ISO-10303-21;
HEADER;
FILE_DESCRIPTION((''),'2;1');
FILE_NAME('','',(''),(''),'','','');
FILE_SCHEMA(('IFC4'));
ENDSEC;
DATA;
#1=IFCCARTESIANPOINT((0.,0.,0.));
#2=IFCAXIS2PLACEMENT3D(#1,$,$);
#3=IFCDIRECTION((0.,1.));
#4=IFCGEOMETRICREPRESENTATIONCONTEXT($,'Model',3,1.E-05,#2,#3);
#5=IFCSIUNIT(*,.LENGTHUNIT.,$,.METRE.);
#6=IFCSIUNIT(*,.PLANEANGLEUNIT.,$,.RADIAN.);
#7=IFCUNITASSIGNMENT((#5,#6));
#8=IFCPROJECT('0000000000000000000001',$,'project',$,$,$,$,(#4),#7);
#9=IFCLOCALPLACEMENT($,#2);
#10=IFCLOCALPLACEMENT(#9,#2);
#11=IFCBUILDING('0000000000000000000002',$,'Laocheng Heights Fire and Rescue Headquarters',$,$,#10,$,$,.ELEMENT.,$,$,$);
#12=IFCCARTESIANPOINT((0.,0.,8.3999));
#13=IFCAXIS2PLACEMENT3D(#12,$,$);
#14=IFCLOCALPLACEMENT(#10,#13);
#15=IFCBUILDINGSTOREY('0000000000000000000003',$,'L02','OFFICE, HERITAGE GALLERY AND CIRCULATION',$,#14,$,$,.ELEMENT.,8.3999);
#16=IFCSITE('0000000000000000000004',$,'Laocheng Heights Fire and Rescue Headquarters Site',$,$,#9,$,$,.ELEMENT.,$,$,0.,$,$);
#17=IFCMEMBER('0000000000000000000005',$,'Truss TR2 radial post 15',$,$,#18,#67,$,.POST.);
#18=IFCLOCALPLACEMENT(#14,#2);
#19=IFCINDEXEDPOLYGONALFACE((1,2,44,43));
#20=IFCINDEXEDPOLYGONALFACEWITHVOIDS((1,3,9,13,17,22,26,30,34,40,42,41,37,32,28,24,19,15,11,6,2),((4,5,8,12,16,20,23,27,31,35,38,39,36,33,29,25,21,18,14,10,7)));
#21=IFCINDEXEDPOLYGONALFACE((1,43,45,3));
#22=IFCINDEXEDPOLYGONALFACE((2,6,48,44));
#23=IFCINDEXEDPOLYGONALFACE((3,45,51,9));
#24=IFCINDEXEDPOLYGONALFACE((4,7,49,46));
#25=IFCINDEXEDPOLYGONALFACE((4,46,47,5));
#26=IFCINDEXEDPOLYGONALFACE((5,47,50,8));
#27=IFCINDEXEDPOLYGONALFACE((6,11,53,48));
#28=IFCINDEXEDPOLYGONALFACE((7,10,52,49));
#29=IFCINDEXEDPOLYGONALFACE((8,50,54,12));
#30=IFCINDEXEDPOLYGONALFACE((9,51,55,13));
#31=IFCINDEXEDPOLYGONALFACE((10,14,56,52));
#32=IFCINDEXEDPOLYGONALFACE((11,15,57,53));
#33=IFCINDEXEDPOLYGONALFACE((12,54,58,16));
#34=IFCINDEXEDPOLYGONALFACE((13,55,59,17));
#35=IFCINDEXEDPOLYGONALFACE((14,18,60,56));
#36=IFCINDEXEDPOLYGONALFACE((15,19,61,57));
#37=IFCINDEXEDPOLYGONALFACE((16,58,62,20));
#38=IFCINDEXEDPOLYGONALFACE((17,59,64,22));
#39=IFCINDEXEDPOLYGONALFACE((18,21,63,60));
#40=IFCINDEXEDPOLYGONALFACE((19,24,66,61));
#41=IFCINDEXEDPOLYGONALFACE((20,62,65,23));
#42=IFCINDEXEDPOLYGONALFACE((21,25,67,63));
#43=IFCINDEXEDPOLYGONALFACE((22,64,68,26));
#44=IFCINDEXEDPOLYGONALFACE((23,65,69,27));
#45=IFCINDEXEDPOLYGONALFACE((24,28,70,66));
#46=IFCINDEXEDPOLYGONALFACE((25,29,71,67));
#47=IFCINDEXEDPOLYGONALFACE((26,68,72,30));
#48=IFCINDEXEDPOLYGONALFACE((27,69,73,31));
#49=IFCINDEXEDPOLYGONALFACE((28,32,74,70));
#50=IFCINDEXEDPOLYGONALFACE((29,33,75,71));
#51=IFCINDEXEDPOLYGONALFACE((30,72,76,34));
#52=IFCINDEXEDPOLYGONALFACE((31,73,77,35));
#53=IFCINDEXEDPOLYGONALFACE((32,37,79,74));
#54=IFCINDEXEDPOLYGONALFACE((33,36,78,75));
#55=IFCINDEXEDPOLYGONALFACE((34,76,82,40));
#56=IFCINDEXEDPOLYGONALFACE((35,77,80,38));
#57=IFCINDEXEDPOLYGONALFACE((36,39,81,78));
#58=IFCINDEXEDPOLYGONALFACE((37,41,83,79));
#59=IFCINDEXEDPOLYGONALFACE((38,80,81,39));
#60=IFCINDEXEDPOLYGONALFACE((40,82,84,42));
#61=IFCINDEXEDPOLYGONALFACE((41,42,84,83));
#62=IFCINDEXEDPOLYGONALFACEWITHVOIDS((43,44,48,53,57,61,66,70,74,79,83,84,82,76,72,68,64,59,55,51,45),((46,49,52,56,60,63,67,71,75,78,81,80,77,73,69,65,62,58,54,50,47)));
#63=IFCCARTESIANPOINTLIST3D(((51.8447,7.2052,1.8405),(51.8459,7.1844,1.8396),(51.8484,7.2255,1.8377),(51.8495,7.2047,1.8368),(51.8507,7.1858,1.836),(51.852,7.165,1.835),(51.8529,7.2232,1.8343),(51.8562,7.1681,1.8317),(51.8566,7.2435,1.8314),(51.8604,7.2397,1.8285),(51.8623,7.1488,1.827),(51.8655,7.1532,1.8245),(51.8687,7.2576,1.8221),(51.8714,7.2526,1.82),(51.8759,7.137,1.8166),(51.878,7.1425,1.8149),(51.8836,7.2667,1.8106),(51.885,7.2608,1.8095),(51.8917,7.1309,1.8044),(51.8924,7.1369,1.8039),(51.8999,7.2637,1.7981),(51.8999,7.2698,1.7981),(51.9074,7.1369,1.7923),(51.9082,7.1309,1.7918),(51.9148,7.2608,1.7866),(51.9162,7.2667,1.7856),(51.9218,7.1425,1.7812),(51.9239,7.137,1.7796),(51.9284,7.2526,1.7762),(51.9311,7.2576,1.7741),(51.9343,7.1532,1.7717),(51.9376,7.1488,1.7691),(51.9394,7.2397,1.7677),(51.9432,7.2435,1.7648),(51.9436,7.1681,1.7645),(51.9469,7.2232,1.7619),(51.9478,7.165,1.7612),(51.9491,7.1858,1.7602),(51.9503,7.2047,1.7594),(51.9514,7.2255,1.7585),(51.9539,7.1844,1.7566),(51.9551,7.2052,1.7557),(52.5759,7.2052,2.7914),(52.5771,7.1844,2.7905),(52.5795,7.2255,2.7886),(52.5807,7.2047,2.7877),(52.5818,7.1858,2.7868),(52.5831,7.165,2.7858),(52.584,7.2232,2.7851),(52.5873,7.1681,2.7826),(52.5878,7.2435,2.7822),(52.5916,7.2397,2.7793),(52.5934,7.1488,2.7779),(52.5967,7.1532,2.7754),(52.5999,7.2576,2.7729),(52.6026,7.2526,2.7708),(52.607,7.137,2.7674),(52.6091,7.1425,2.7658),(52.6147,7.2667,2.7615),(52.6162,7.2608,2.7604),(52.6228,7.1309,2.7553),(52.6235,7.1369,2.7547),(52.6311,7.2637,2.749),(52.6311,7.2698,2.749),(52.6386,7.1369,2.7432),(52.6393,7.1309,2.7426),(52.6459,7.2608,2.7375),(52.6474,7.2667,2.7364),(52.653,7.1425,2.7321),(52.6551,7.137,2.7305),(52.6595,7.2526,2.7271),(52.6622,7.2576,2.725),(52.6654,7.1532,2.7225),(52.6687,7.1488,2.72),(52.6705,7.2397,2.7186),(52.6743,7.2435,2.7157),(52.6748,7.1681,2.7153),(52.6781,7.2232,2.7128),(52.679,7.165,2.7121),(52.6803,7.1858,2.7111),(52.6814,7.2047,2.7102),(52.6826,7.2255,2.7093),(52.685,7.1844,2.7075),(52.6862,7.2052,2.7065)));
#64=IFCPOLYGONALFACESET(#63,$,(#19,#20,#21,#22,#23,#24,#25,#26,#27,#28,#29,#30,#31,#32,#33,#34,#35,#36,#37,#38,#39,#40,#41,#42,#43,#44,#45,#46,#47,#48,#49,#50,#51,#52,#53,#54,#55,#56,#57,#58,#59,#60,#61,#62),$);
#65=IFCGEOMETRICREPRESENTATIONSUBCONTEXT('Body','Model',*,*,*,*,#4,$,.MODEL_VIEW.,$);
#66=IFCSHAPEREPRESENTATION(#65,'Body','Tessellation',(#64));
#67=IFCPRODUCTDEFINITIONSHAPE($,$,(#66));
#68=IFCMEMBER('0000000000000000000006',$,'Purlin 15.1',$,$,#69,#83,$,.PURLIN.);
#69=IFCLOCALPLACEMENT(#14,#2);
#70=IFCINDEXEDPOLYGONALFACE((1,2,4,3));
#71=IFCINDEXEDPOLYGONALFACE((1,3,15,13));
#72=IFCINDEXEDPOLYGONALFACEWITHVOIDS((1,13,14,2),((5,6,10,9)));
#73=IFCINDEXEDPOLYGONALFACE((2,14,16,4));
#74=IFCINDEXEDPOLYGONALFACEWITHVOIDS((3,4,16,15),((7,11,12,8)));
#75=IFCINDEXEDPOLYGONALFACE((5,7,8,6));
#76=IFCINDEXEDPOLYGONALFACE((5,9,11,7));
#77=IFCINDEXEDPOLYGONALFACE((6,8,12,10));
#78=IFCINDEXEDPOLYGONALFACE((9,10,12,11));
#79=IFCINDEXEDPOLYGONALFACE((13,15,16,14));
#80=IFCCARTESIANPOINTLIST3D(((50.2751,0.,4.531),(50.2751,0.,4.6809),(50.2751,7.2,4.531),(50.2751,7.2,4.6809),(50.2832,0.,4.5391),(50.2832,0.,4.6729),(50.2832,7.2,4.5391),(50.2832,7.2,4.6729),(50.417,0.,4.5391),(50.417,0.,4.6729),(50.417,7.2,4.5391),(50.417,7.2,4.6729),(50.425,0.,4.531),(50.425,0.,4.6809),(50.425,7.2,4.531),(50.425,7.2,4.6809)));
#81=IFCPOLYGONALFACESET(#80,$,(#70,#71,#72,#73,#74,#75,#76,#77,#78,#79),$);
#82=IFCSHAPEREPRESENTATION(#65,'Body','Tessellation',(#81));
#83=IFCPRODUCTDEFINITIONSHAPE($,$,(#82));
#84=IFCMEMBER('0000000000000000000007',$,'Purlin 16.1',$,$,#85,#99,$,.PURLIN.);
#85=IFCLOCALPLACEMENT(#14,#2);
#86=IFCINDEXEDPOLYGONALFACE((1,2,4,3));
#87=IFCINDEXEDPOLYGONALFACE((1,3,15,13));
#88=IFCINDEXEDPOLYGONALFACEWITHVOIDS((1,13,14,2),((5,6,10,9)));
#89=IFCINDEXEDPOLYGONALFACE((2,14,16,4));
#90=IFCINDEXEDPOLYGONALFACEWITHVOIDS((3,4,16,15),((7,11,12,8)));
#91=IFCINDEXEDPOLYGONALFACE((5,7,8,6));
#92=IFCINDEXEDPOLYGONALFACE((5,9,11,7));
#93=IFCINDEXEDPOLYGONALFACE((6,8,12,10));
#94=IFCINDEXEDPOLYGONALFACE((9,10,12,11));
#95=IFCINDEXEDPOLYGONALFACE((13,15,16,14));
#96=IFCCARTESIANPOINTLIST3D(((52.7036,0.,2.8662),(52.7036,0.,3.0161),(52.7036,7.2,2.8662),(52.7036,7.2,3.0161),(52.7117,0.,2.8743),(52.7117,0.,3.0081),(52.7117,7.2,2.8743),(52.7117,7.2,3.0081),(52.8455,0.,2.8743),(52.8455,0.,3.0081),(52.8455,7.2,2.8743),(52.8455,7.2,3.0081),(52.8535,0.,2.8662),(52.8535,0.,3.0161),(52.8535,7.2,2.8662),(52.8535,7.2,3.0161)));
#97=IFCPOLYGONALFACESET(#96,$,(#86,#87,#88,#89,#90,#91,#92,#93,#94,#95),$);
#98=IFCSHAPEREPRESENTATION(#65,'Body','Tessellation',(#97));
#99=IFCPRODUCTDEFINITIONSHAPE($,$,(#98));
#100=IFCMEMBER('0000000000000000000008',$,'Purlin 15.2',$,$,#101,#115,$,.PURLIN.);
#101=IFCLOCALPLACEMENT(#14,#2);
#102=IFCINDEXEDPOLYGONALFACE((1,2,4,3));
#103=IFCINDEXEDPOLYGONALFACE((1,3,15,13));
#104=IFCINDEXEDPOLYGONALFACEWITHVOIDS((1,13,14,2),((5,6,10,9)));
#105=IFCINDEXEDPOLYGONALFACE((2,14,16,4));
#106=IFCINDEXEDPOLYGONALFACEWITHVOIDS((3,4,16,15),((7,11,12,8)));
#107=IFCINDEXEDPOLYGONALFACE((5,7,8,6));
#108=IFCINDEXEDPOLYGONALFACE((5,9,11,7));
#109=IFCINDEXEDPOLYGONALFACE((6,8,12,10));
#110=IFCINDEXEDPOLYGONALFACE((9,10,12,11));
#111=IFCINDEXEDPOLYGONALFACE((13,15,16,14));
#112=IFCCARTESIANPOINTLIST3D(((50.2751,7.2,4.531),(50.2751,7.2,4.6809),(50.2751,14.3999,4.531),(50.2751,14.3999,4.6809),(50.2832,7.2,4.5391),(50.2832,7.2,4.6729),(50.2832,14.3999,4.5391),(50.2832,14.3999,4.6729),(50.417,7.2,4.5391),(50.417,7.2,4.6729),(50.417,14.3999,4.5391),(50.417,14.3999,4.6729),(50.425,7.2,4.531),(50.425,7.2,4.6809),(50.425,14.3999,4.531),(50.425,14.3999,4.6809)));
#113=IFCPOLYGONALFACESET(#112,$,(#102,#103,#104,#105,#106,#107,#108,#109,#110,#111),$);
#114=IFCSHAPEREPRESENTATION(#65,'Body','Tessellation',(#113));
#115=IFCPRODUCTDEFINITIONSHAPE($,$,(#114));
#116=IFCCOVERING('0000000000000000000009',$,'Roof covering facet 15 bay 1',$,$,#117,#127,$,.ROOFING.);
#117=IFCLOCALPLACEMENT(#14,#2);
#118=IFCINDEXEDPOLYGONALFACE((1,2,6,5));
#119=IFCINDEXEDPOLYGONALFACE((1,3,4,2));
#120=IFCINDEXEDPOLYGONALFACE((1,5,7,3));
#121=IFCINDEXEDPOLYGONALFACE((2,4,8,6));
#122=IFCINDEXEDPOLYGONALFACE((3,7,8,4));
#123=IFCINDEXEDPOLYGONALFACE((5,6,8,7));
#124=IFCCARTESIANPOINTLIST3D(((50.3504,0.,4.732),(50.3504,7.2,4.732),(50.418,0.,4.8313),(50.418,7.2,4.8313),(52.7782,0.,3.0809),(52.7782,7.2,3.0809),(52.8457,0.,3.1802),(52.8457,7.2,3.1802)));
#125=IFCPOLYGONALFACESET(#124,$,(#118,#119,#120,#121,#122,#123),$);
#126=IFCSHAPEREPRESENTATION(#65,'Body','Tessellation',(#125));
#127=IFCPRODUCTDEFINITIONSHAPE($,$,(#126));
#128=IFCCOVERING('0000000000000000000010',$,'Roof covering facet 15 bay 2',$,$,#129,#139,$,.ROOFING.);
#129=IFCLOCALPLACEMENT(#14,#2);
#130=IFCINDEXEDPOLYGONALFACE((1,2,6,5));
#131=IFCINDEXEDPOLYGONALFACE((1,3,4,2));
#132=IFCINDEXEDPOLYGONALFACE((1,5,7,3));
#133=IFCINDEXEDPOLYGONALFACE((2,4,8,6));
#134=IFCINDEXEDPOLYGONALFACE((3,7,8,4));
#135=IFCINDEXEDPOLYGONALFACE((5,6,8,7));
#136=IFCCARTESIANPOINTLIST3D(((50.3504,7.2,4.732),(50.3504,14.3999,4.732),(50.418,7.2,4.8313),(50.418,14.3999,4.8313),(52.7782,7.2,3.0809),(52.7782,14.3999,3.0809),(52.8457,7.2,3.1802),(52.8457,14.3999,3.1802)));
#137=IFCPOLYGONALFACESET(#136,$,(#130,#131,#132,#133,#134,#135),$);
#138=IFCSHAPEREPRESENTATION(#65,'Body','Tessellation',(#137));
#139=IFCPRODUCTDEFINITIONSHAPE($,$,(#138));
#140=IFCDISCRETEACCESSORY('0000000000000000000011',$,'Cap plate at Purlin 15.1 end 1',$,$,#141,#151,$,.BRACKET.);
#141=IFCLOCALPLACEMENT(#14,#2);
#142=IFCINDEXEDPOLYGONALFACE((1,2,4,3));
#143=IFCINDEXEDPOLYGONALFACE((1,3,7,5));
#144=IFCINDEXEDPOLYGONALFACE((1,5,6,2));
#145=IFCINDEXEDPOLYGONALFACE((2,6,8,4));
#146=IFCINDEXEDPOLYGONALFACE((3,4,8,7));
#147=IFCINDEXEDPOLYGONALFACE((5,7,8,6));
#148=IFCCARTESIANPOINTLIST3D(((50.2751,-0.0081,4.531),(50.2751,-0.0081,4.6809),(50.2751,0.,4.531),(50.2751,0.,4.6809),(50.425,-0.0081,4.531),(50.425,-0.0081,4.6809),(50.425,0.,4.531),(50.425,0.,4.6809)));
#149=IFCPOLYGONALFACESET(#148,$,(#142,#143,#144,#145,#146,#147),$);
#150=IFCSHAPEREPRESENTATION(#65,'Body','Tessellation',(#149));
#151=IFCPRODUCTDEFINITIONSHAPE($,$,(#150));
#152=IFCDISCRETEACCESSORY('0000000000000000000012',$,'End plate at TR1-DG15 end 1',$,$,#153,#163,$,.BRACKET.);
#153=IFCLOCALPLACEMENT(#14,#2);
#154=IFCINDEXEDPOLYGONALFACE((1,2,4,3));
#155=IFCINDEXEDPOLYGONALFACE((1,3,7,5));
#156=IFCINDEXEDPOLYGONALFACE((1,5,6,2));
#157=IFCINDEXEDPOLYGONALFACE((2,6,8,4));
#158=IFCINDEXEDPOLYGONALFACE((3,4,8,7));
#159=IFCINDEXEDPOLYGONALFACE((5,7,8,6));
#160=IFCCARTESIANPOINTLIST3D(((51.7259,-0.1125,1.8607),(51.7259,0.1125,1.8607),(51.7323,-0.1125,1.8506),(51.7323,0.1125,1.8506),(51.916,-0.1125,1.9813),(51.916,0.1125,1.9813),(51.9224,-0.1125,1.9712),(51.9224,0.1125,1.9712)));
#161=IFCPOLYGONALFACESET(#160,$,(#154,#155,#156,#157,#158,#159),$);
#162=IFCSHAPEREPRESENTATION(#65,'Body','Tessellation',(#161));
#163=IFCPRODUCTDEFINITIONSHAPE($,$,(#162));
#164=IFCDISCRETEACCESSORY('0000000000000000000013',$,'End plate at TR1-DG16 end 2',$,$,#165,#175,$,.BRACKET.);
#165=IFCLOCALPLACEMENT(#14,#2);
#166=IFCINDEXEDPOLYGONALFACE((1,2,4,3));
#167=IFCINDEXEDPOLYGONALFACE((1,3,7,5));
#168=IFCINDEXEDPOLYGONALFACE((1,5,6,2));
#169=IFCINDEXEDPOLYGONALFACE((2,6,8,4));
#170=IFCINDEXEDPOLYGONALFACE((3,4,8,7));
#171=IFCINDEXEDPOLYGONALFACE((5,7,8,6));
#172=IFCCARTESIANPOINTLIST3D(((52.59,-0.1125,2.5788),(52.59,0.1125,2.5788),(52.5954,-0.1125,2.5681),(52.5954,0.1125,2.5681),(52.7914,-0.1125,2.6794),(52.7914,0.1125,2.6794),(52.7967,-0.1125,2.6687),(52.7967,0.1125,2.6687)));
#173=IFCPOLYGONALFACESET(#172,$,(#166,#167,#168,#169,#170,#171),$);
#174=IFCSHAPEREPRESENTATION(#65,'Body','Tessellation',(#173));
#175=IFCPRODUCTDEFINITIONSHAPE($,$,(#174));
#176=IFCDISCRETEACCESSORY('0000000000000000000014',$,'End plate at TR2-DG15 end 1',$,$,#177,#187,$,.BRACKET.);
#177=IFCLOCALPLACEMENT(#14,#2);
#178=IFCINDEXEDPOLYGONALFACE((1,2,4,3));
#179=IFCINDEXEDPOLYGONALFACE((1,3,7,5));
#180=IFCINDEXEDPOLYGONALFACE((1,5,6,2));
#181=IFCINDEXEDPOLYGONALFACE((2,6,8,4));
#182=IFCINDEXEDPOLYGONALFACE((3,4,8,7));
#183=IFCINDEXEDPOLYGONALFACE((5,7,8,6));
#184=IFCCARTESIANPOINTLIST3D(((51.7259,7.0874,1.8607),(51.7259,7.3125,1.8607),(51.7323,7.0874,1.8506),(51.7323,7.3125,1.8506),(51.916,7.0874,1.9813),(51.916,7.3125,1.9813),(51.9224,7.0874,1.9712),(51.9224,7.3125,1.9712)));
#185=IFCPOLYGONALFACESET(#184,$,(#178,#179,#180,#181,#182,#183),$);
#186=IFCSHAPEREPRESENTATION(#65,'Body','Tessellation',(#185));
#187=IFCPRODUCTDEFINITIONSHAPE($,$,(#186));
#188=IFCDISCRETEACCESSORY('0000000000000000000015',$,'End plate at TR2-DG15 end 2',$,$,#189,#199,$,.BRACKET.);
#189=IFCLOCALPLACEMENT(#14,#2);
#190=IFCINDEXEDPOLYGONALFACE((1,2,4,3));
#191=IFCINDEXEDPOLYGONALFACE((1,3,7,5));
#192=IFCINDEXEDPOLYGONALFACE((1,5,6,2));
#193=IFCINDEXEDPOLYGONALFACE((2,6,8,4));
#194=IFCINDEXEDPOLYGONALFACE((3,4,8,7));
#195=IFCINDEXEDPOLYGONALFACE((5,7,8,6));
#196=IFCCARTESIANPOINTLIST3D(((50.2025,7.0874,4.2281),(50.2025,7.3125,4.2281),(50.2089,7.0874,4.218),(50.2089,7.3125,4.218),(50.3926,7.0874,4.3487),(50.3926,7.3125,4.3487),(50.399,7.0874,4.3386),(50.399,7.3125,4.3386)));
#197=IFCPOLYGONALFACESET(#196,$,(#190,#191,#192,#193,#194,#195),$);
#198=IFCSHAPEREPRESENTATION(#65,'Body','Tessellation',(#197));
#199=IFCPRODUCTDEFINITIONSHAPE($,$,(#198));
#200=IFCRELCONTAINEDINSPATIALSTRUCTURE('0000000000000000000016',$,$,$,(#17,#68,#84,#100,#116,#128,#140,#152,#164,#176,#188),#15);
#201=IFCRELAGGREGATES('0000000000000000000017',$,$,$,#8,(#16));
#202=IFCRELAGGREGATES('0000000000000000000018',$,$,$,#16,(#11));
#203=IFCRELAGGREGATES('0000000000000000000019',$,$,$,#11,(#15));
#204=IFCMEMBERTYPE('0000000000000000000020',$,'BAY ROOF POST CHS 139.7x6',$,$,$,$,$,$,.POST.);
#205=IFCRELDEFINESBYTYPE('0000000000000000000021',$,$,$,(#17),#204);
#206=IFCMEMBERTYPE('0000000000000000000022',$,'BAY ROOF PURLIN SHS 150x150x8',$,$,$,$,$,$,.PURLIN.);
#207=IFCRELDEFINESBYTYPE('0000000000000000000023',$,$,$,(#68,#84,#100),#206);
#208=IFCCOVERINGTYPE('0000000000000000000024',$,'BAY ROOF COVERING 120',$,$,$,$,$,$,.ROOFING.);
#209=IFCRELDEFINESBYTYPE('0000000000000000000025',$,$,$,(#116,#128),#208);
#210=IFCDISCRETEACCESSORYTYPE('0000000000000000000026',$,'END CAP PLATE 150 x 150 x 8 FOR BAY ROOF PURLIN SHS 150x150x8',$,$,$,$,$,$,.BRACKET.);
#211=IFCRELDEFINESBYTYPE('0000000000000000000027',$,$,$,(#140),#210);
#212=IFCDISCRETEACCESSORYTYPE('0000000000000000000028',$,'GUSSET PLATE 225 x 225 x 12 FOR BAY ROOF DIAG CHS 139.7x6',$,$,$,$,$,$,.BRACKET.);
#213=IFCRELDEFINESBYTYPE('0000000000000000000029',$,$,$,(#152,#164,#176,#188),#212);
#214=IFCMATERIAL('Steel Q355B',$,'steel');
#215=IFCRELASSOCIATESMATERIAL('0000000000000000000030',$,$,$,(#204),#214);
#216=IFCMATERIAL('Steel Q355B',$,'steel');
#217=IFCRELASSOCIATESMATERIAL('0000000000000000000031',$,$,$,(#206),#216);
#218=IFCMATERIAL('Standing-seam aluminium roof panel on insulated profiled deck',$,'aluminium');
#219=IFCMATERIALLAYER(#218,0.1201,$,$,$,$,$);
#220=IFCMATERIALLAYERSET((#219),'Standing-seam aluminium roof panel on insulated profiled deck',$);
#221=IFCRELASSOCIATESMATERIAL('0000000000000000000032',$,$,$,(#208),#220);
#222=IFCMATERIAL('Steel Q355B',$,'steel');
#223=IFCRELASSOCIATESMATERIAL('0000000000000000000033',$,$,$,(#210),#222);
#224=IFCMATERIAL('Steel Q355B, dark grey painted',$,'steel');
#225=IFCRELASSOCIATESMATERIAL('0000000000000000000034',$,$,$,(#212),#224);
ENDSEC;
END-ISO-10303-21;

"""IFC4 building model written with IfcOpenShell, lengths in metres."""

from ifc_helpers import new_model, si_unit, direction, frame, origin, origin_2d, place, context, subcontext, project, spatial, polyline, rectangle, hollow_rectangle, hollow_circle, outline, extrude, material, layer, layer_set, material_profile, profile_set, type_object, element, save


model = new_model("IFC4")

# Units and contexts
model_context = context("Model", 3, precision=1e-05, world=origin(), true_north=direction((0.0, 1.0)))
body_context = subcontext(model_context, "Body", "Model", "MODEL_VIEW")
ifc_project = project(units=[si_unit("LENGTHUNIT", "METRE"), si_unit("PLANEANGLEUNIT", "RADIAN")], contexts=[model_context])

# Site, building, storey
site_placement = place(None, origin())
site = spatial("IfcSite", under=ifc_project, at=site_placement, Name="Laocheng Heights Fire and Rescue Headquarters Site", CompositionType="ELEMENT", RefElevation=0.0)
building_placement = place(site_placement, origin())
building = spatial("IfcBuilding", under=site, at=building_placement, Name="Laocheng Heights Fire and Rescue Headquarters", CompositionType="ELEMENT")
storey_placement = place(building_placement, frame((0.0, 0.0, 8.3999)))
storey = spatial("IfcBuildingStorey", under=building, at=storey_placement, Name="L02", Description="OFFICE, HERITAGE GALLERY AND CIRCULATION", CompositionType="ELEMENT", Elevation=8.3999)

# Members
ifc_material_1 = material(Name="Steel Q355B", Category="steel")
ifc_material_profile_1 = material_profile(ifc_material_1, hollow_circle(Radius=0.0698, WallThickness=0.0061, at=origin_2d()), Name="CHS 139.7x6")
ifc_profile_set_1 = profile_set([ifc_material_profile_1], Name="Steel Q355B")
member_type_1 = type_object("IfcMemberType", Name="BAY ROOF POST CHS 139.7x6", PredefinedType="POST", material=ifc_profile_set_1)
member_1_placement = place(storey_placement, frame((51.8999, 7.2, 1.7981), z_axis=(0.609563, 0.0, 0.792737), x_axis=(0.0, 1.0, 0.0)))
element("IfcMember", 1, at=member_1_placement, inside=storey, type_object=member_type_1, Name="Truss TR2 radial post 15", PredefinedType="POST", context=body_context, shape_type="SweptSolid", body=[
    extrude(hollow_circle(Radius=0.0698, WallThickness=0.0061, at=origin_2d()), origin(), (0.0, 0.0, 1.0), 1.1995),
])
ifc_material_2 = material(Name="Steel Q355B", Category="steel")
ifc_material_profile_2 = material_profile(ifc_material_2, hollow_rectangle(XDim=0.1499, YDim=0.1499, WallThickness=0.0081, at=origin_2d()), Name="SHS 150x150x8")
ifc_profile_set_2 = profile_set([ifc_material_profile_2], Name="Steel Q355B")
member_type_2 = type_object("IfcMemberType", Name="BAY ROOF PURLIN SHS 150x150x8", PredefinedType="PURLIN", material=ifc_profile_set_2)
for number, where, z_axis, x_axis, name in (
    (2, (50.3501, 0.0, 4.606), (0.0, 1.0, 0.0), (-1.0, 0.0, 0.0), "Purlin 15.1"),
    (3, (52.7786, 0.0, 2.9412), (0.0, 1.0, 0.0), (-1.0, 0.0, 0.0), "Purlin 16.1"),
    (4, (50.3501, 7.2, 4.606), (0.0, 1.0, 0.0), (-1.0, 0.0, 0.0), "Purlin 15.2"),
):
    element("IfcMember", number, at=place(storey_placement, frame(where, z_axis=z_axis, x_axis=x_axis)), inside=storey, type_object=member_type_2, Name=name, PredefinedType="PURLIN", context=body_context, shape_type="SweptSolid", body=[
        extrude(hollow_rectangle(XDim=0.1499, YDim=0.1499, WallThickness=0.0081, at=origin_2d()), origin(), (0.0, 0.0, 1.0), 7.2),
    ])

# Coverings
ifc_material_3 = material(Name="Standing-seam aluminium roof panel on insulated profiled deck", Category="aluminium")
ifc_layer = layer(ifc_material_3, 0.1201)
ifc_layer_set = layer_set([ifc_layer], Name="Standing-seam aluminium roof panel on insulated profiled deck")
covering_type = type_object("IfcCoveringType", Name="BAY ROOF COVERING 120", PredefinedType="ROOFING", material=ifc_layer_set)
for number, where, z_axis, x_axis, name in (
    (5, (50.418, 0.0, 4.8313), (0.562371, 0.0, 0.826885), (0.826885, 0.0, -0.562371), "Roof covering facet 15 bay 1"),
    (6, (50.418, 7.2, 4.8313), (0.562371, 0.0, 0.826885), (0.826885, 0.0, -0.562371), "Roof covering facet 15 bay 2"),
):
    element("IfcCovering", number, at=place(storey_placement, frame(where, z_axis=z_axis, x_axis=x_axis)), inside=storey, type_object=covering_type, Name=name, PredefinedType="ROOFING", context=body_context, shape_type="SweptSolid", body=[
        extrude(outline(polyline([(0.0, 0.0), (2.936, 0.0), (2.936, 7.2), (0.0, 7.2), (0.0, 0.0)])), origin(), (0.0, 0.0, -1.0), 0.1201),
    ])

# Discrete accessories
ifc_material_4 = material(Name="Steel Q355B", Category="steel")
ifc_material_profile_3 = material_profile(ifc_material_4, rectangle(XDim=0.1499, YDim=0.1499, at=origin_2d()), Name="END CAP PLATE 150 x 150 x 8 FOR BAY ROOF PURLIN SHS 150x150x8")
ifc_profile_set_3 = profile_set([ifc_material_profile_3], Name="Steel Q355B")
discrete_accessory_type_1 = type_object("IfcDiscreteAccessoryType", Name="END CAP PLATE 150 x 150 x 8 FOR BAY ROOF PURLIN SHS 150x150x8", PredefinedType="BRACKET", material=ifc_profile_set_3)
discrete_accessory_1_placement = place(storey_placement, frame((50.3501, -0.0081, 4.606), z_axis=(0.0, 1.0, 0.0), x_axis=(-1.0, 0.0, 0.0)))
element("IfcDiscreteAccessory", 7, at=discrete_accessory_1_placement, inside=storey, type_object=discrete_accessory_type_1, Name="Cap plate at Purlin 15.1 end 1", PredefinedType="BRACKET", context=body_context, shape_type="SweptSolid", body=[
    extrude(rectangle(XDim=0.1499, YDim=0.1499, at=origin_2d()), origin(), (0.0, 0.0, 1.0), 0.0081),
])
ifc_material_5 = material(Name="Steel Q355B, dark grey painted", Category="steel")
ifc_material_profile_4 = material_profile(ifc_material_5, rectangle(XDim=0.2251, YDim=0.2251, at=origin_2d()), Name="GUSSET PLATE 225 x 225 x 12 FOR BAY ROOF DIAG CHS 139.7x6")
ifc_profile_set_4 = profile_set([ifc_material_profile_4], Name="Steel Q355B, dark grey painted")
discrete_accessory_type_2 = type_object("IfcDiscreteAccessoryType", Name="GUSSET PLATE 225 x 225 x 12 FOR BAY ROOF DIAG CHS 139.7x6", PredefinedType="BRACKET", material=ifc_profile_set_4)
for number, where, z_axis, x_axis, name in (
    (8, (51.8274, 0.0, 1.9109), (-0.535542, 0.0, 0.844509), (0.0, -1.0, 0.0), "End plate at TR1-DG15 end 1"),
    (9, (52.696, 0.0, 2.6184), (-0.447214, 0.0, 0.894427), (0.0, -1.0, 0.0), "End plate at TR1-DG16 end 2"),
    (10, (51.8274, 7.2, 1.9109), (-0.535542, 0.0, 0.844509), (0.0, -1.0, 0.0), "End plate at TR2-DG15 end 1"),
    (11, (50.304, 7.2, 4.2783), (-0.535542, 0.0, 0.844509), (0.0, -1.0, 0.0), "End plate at TR2-DG15 end 2"),
):
    element("IfcDiscreteAccessory", number, at=place(storey_placement, frame(where, z_axis=z_axis, x_axis=x_axis)), inside=storey, type_object=discrete_accessory_type_2, Name=name, PredefinedType="BRACKET", context=body_context, shape_type="SweptSolid", body=[
        extrude(rectangle(XDim=0.2251, YDim=0.2251, at=origin_2d()), origin(), (0.0, 0.0, 1.0), 0.012),
    ])

save(model, "model.ifc")
